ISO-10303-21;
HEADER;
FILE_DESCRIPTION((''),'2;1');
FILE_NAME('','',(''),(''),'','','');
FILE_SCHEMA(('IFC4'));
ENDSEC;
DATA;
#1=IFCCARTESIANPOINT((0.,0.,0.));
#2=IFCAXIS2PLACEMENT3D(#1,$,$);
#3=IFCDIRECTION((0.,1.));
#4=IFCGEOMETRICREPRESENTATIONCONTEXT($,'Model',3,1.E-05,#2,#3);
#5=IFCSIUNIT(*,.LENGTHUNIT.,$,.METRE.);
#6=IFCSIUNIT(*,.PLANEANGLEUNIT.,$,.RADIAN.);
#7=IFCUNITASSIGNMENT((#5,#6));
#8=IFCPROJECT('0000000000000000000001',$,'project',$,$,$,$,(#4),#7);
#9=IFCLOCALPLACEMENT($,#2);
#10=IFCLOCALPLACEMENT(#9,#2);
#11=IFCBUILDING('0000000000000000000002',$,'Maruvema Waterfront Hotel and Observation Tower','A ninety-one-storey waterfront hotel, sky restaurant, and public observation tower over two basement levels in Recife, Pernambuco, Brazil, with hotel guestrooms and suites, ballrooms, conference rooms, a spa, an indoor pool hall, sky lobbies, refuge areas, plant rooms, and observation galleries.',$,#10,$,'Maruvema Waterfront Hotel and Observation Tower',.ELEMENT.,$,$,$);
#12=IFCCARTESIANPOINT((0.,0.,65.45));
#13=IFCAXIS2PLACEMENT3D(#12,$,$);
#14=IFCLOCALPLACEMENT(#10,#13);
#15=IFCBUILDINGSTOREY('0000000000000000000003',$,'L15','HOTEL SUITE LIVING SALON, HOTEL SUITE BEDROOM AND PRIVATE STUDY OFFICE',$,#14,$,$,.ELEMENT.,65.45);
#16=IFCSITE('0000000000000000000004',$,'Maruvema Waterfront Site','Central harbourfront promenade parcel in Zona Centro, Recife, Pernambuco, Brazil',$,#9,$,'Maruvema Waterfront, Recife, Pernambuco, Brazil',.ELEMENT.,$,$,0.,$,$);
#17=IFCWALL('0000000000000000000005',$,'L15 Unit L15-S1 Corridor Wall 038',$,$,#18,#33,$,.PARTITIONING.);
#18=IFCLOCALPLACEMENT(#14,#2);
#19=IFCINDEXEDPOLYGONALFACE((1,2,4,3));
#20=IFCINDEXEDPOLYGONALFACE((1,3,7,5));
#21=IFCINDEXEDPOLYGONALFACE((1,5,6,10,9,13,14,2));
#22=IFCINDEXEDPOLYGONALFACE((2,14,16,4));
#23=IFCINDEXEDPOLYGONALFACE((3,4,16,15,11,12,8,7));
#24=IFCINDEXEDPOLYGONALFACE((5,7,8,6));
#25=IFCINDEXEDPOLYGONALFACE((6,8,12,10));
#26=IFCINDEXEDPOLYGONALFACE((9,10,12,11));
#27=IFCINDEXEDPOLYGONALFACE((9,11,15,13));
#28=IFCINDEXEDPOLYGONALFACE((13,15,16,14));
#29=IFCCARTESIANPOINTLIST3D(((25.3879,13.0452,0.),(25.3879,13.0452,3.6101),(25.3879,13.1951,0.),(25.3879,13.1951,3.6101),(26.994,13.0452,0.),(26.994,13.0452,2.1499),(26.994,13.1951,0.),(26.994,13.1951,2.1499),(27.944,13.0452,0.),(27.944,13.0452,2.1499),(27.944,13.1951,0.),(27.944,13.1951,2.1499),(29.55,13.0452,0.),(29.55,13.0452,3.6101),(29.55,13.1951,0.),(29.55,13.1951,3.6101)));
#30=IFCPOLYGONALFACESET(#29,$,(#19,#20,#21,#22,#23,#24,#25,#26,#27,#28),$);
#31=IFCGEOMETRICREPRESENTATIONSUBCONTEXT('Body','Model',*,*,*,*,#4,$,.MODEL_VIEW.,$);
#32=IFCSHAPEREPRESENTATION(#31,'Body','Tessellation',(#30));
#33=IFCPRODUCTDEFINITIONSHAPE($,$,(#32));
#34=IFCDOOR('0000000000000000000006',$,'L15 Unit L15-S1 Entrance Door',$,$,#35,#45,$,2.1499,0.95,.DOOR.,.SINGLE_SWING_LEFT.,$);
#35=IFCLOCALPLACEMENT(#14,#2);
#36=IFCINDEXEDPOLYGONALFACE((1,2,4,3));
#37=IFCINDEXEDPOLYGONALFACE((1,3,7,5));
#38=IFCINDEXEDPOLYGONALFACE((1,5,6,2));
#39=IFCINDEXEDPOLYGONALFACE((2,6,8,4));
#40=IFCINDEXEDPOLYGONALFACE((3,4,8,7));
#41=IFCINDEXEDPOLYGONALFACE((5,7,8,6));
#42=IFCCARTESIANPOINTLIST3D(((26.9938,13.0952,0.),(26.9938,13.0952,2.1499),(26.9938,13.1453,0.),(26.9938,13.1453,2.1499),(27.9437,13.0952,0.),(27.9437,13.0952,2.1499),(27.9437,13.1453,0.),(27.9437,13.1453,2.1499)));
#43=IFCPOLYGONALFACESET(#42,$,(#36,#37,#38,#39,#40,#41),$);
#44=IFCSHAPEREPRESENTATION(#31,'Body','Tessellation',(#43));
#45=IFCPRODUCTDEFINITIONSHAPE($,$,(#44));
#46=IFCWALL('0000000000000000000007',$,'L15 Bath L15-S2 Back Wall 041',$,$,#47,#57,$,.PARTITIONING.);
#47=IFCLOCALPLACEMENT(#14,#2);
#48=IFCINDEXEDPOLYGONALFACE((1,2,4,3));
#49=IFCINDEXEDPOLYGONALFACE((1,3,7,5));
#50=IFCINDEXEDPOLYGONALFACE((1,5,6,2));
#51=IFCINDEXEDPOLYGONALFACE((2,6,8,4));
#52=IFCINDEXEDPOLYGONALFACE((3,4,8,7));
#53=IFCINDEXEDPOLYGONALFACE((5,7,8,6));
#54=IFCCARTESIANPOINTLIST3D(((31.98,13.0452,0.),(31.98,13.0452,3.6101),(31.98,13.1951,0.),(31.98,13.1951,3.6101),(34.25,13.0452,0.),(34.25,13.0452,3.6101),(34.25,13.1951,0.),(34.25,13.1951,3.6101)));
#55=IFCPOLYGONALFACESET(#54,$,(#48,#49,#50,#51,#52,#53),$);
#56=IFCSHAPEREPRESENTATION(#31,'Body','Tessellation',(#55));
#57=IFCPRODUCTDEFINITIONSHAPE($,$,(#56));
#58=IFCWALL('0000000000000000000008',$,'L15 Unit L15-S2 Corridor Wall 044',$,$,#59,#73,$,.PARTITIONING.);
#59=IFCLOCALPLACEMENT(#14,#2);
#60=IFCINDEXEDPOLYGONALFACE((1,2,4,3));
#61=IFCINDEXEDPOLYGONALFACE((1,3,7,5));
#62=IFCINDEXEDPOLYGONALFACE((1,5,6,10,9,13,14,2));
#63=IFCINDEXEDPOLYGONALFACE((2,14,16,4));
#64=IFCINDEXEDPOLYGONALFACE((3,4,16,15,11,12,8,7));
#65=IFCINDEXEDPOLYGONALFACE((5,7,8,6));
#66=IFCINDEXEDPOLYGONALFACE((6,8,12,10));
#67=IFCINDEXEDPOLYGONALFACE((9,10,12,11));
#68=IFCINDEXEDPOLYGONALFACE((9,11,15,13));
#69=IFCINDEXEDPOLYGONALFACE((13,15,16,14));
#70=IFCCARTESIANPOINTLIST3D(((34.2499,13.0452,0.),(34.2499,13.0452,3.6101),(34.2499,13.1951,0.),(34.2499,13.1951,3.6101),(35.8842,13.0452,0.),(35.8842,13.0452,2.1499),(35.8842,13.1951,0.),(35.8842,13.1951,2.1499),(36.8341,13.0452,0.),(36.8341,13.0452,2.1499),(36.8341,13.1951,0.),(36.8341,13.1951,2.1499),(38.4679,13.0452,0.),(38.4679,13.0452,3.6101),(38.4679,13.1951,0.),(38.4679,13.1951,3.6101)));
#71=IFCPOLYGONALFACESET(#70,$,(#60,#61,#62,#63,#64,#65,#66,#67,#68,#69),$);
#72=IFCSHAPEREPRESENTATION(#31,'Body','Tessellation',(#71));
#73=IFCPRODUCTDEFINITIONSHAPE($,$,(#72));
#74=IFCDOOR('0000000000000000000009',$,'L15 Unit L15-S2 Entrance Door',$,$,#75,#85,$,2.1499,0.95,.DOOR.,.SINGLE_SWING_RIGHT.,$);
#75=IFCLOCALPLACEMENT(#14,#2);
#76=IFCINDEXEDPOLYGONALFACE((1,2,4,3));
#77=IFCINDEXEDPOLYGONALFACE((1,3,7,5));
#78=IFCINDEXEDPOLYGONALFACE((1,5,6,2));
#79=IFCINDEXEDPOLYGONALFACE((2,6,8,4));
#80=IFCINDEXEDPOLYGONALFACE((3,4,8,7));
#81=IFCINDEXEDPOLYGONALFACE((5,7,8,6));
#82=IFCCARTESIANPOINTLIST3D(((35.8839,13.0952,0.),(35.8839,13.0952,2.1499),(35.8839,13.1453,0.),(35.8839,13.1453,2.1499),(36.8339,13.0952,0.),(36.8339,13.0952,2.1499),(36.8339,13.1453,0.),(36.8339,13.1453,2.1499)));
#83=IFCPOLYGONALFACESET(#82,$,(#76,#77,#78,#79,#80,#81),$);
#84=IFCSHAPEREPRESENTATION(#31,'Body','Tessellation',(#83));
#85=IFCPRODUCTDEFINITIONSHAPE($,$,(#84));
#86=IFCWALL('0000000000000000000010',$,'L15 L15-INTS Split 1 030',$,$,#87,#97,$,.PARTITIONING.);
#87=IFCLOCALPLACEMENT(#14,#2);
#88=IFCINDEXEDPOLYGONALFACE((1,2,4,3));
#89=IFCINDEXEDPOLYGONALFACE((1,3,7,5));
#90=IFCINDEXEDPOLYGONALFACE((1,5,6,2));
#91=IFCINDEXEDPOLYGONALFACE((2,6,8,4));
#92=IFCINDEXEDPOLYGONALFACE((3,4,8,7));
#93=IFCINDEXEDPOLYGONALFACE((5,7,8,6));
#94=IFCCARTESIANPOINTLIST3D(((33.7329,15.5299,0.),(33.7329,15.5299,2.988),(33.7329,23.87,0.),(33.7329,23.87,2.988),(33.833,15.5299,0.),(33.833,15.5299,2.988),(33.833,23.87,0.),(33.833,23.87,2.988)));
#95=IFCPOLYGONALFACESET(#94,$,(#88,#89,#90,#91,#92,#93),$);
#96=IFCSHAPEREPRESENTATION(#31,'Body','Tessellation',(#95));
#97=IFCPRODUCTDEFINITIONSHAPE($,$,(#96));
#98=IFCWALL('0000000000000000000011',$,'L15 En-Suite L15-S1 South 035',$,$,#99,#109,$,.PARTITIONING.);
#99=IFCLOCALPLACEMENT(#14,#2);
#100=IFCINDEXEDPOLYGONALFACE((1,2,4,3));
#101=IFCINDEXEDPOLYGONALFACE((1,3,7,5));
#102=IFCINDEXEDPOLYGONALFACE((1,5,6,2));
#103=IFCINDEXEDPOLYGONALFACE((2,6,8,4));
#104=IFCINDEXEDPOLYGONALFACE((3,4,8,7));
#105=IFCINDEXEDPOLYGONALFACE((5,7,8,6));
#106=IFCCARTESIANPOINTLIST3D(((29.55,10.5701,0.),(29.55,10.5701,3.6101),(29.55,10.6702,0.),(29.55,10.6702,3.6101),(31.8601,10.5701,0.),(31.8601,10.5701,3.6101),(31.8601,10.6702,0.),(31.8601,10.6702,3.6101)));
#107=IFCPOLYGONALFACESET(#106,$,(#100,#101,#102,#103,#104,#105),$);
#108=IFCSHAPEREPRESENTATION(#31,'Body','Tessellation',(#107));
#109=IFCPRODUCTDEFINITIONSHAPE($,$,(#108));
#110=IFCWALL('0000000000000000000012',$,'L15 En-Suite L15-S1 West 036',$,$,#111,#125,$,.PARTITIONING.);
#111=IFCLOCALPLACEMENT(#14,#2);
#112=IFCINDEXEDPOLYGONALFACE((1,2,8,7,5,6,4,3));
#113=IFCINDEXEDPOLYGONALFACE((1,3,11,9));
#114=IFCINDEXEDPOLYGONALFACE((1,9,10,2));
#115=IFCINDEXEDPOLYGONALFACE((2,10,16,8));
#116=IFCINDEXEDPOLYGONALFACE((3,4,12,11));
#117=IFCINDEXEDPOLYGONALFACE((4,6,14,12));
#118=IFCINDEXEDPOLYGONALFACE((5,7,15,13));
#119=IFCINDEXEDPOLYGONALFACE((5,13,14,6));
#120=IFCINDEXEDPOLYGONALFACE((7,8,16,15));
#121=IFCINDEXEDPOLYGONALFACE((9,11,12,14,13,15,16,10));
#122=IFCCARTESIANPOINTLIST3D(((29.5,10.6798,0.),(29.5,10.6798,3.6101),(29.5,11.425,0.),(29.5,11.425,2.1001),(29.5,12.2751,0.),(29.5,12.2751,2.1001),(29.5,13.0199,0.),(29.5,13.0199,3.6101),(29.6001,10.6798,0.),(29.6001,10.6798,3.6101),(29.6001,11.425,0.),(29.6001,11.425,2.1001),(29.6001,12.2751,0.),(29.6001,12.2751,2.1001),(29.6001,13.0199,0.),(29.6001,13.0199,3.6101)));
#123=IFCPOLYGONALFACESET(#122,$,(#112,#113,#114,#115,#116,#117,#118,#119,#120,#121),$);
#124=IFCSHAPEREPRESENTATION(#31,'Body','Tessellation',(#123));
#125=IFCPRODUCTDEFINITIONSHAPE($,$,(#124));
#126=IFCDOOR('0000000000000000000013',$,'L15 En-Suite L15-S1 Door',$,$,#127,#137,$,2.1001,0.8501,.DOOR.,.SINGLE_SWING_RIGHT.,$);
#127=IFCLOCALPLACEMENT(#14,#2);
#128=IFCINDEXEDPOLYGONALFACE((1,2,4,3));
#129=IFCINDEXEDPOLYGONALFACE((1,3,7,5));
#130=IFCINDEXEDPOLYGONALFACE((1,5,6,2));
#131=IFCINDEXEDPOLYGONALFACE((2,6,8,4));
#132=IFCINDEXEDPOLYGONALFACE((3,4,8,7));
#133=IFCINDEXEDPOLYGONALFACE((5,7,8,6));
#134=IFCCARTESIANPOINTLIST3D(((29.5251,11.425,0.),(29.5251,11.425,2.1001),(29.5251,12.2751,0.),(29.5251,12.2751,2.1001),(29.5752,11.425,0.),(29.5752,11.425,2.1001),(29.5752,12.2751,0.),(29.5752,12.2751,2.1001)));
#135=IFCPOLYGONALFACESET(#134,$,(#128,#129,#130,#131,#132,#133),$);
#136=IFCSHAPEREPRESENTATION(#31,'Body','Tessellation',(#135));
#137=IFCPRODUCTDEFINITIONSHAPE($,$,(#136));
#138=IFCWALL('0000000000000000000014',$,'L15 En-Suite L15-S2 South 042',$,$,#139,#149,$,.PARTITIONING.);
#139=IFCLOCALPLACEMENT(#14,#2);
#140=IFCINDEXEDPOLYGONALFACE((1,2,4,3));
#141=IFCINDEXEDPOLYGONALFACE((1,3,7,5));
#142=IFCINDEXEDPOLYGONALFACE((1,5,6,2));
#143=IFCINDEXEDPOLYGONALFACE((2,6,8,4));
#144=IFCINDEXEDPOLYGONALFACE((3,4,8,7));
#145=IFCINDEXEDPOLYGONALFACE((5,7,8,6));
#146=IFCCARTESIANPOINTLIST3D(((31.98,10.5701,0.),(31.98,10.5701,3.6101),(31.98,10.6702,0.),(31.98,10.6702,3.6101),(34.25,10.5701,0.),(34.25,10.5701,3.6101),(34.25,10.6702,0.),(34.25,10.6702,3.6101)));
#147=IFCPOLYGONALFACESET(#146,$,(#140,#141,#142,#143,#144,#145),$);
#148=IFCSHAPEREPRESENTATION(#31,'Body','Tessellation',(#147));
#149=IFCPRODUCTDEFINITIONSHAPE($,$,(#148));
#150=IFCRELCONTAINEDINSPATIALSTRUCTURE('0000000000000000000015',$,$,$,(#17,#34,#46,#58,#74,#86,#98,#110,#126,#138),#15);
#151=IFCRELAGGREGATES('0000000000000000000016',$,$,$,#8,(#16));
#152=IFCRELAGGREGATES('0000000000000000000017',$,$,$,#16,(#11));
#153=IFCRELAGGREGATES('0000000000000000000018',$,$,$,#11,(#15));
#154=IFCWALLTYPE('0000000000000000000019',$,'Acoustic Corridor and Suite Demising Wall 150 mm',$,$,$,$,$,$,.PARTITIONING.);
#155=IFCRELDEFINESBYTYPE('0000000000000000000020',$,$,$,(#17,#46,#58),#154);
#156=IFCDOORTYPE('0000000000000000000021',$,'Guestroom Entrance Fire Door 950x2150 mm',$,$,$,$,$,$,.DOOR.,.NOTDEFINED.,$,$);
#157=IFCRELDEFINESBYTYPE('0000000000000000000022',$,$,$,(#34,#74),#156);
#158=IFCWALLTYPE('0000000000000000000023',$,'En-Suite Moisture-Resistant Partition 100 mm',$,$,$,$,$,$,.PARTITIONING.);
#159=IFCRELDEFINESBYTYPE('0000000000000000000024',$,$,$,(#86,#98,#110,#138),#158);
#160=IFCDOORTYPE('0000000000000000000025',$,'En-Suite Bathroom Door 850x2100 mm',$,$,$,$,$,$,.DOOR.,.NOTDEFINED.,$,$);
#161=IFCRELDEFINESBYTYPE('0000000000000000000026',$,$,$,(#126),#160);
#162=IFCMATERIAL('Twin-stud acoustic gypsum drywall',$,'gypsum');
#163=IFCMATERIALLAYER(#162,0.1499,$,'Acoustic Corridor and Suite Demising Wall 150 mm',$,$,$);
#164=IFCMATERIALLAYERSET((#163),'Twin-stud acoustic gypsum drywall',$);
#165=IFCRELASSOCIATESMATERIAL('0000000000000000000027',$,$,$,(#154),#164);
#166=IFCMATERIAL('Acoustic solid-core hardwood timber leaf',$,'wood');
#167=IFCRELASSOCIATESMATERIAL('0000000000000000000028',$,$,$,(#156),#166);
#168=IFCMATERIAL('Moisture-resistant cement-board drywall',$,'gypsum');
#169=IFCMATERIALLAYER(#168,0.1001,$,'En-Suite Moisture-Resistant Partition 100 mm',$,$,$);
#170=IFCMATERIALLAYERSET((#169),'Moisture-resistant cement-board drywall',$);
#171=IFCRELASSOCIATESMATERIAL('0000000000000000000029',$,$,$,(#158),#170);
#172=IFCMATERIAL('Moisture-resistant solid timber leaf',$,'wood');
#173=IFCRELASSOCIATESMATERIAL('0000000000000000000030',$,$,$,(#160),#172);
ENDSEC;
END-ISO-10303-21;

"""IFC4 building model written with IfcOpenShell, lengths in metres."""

from ifc_helpers import new_model, si_unit, direction, frame, frame_2d, origin, place, context, subcontext, project, spatial, rectangle, extrude, material, layer, layer_set, type_object, element, fill, save


model = new_model("IFC4")

# Units and contexts
model_context = context("Model", 3, precision=1e-05, world=origin(), true_north=direction((0.0, 1.0)))
body_context = subcontext(model_context, "Body", "Model", "MODEL_VIEW")
ifc_project = project(units=[si_unit("LENGTHUNIT", "METRE"), si_unit("PLANEANGLEUNIT", "RADIAN")], contexts=[model_context])

# Site, building, storey
site_placement = place(None, origin())
site = spatial("IfcSite", under=ifc_project, at=site_placement, Name="Maruvema Waterfront Site", Description="Central harbourfront promenade parcel in Zona Centro, Recife, Pernambuco, Brazil", LongName="Maruvema Waterfront, Recife, Pernambuco, Brazil", CompositionType="ELEMENT", RefElevation=0.0)
building_placement = place(site_placement, origin())
building = spatial("IfcBuilding", under=site, at=building_placement, Name="Maruvema Waterfront Hotel and Observation Tower", Description="A ninety-one-storey waterfront hotel, sky restaurant, and public observation tower over two basement levels in Recife, Pernambuco, Brazil, with hotel guestrooms and suites, ballrooms, conference rooms, a spa, an indoor pool hall, sky lobbies, refuge areas, plant rooms, and observation galleries.", LongName="Maruvema Waterfront Hotel and Observation Tower", CompositionType="ELEMENT")
storey_placement = place(building_placement, frame((0.0, 0.0, 65.45)))
storey = spatial("IfcBuildingStorey", under=building, at=storey_placement, Name="L15", Description="HOTEL SUITE LIVING SALON, HOTEL SUITE BEDROOM AND PRIVATE STUDY OFFICE", CompositionType="ELEMENT", Elevation=65.45)

# Shared definitions
ifc_material_1 = material(Name="Twin-stud acoustic gypsum drywall", Category="gypsum")
ifc_layer_1 = layer(ifc_material_1, 0.1499, Name="Acoustic Corridor and Suite Demising Wall 150 mm")
ifc_layer_set_1 = layer_set([ifc_layer_1], Name="Twin-stud acoustic gypsum drywall")
wall_type_1 = type_object("IfcWallType", Name="Acoustic Corridor and Suite Demising Wall 150 mm", PredefinedType="PARTITIONING", material=ifc_layer_set_1)

# Wall, opening, door
wall_1_placement = place(storey_placement, frame((25.3879, 13.1201, 0.0), z_axis=(0.0, 0.0, 1.0), x_axis=(1.0, 0.0, 0.0)))
wall_1 = element("IfcWall", 1, at=wall_1_placement, inside=storey, type_object=wall_type_1, Name="L15 Unit L15-S1 Corridor Wall 038", PredefinedType="PARTITIONING", context=body_context, shape_type="SweptSolid", body=[
    extrude(rectangle(XDim=4.1621, YDim=0.1499, at=frame_2d((2.0811, 0.0))), origin(), (0.0, 0.0, 1.0), 3.6101),
])
opening_1_placement = place(wall_1_placement, frame((1.606, 0.0, 0.0)))
opening_1 = element("IfcOpeningElement", 2, at=opening_1_placement, cuts=wall_1, PredefinedType="OPENING", context=body_context, shape_type="SweptSolid", body=[
    extrude(rectangle(XDim=0.95, YDim=2.1499, at=frame_2d((0.4751, 1.075))), frame((0.0, 0.085, 0.0), z_axis=(0.0, -1.0, 0.0), x_axis=(1.0, 0.0, 0.0)), (0.0, 0.0, 1.0), 0.1699),
])
ifc_material_2 = material(Name="Acoustic solid-core hardwood timber leaf", Category="wood")
door_type_1 = type_object("IfcDoorType", Name="Guestroom Entrance Fire Door 950x2150 mm", OperationType="NOTDEFINED", PredefinedType="DOOR", material=ifc_material_2)
door_1_placement = place(opening_1_placement, frame((0.95, 0.0, 0.0), z_axis=(0.0, 0.0, 1.0), x_axis=(-1.0, 0.0, 0.0)))
door_1 = element("IfcDoor", 3, at=door_1_placement, inside=storey, type_object=door_type_1, Name="L15 Unit L15-S1 Entrance Door", OperationType="SINGLE_SWING_LEFT", OverallHeight=2.1499, OverallWidth=0.95, PredefinedType="DOOR", context=body_context, shape_type="SweptSolid", body=[
    extrude(rectangle(XDim=0.95, YDim=2.1499, at=frame_2d((0.4751, 1.075))), frame((0.0, 0.0249, 0.0), z_axis=(0.0, -1.0, 0.0), x_axis=(1.0, 0.0, 0.0)), (0.0, 0.0, 1.0), 0.05),
])
fill(opening_1, door_1)

# Wall
wall_2_placement = place(storey_placement, frame((31.98, 13.1201, 0.0), z_axis=(0.0, 0.0, 1.0), x_axis=(1.0, 0.0, 0.0)))
element("IfcWall", 4, at=wall_2_placement, inside=storey, type_object=wall_type_1, Name="L15 Bath L15-S2 Back Wall 041", PredefinedType="PARTITIONING", context=body_context, shape_type="SweptSolid", body=[
    extrude(rectangle(XDim=2.27, YDim=0.1499, at=frame_2d((1.135, 0.0))), origin(), (0.0, 0.0, 1.0), 3.6101),
])

# Wall, opening, door
wall_3_placement = place(storey_placement, frame((34.25, 13.1201, 0.0), z_axis=(0.0, 0.0, 1.0), x_axis=(1.0, 0.0, 0.0)))
wall_3 = element("IfcWall", 5, at=wall_3_placement, inside=storey, type_object=wall_type_1, Name="L15 Unit L15-S2 Corridor Wall 044", PredefinedType="PARTITIONING", context=body_context, shape_type="SweptSolid", body=[
    extrude(rectangle(XDim=4.218, YDim=0.1499, at=frame_2d((2.1089, 0.0))), origin(), (0.0, 0.0, 1.0), 3.6101),
])
opening_2_placement = place(wall_3_placement, frame((1.634, 0.0, 0.0)))
opening_2 = element("IfcOpeningElement", 6, at=opening_2_placement, cuts=wall_3, PredefinedType="OPENING", context=body_context, shape_type="SweptSolid", body=[
    extrude(rectangle(XDim=0.95, YDim=2.1499, at=frame_2d((0.4751, 1.075))), frame((0.0, 0.085, 0.0), z_axis=(0.0, -1.0, 0.0), x_axis=(1.0, 0.0, 0.0)), (0.0, 0.0, 1.0), 0.1699),
])
door_2_placement = place(opening_2_placement, frame((0.95, 0.0, 0.0), z_axis=(0.0, 0.0, 1.0), x_axis=(-1.0, 0.0, 0.0)))
door_2 = element("IfcDoor", 7, at=door_2_placement, inside=storey, type_object=door_type_1, Name="L15 Unit L15-S2 Entrance Door", OperationType="SINGLE_SWING_RIGHT", OverallHeight=2.1499, OverallWidth=0.95, PredefinedType="DOOR", context=body_context, shape_type="SweptSolid", body=[
    extrude(rectangle(XDim=0.95, YDim=2.1499, at=frame_2d((0.4751, 1.075))), frame((0.0, 0.0249, 0.0), z_axis=(0.0, -1.0, 0.0), x_axis=(1.0, 0.0, 0.0)), (0.0, 0.0, 1.0), 0.05),
])
fill(opening_2, door_2)

# Walls
ifc_material_3 = material(Name="Moisture-resistant cement-board drywall", Category="gypsum")
ifc_layer_2 = layer(ifc_material_3, 0.1001, Name="En-Suite Moisture-Resistant Partition 100 mm")
ifc_layer_set_2 = layer_set([ifc_layer_2], Name="Moisture-resistant cement-board drywall")
wall_type_2 = type_object("IfcWallType", Name="En-Suite Moisture-Resistant Partition 100 mm", PredefinedType="PARTITIONING", material=ifc_layer_set_2)
wall_4_placement = place(storey_placement, frame((33.783, 15.53, 0.0), z_axis=(0.0, 0.0, 1.0), x_axis=(0.0, 1.0, 0.0)))
element("IfcWall", 8, at=wall_4_placement, inside=storey, type_object=wall_type_2, Name="L15 L15-INTS Split 1 030", PredefinedType="PARTITIONING", context=body_context, shape_type="SweptSolid", body=[
    extrude(rectangle(XDim=8.3401, YDim=0.1001, at=frame_2d((4.1699, 0.0))), origin(), (0.0, 0.0, 1.0), 2.988),
])
wall_5_placement = place(storey_placement, frame((29.55, 10.6201, 0.0), z_axis=(0.0, 0.0, 1.0), x_axis=(1.0, 0.0, 0.0)))
element("IfcWall", 9, at=wall_5_placement, inside=storey, type_object=wall_type_2, Name="L15 En-Suite L15-S1 South 035", PredefinedType="PARTITIONING", context=body_context, shape_type="SweptSolid", body=[
    extrude(rectangle(XDim=2.3101, YDim=0.1001, at=frame_2d((1.155, 0.0))), origin(), (0.0, 0.0, 1.0), 3.6101),
])

# Wall, opening, door
wall_6_placement = place(storey_placement, frame((29.55, 10.6799, 0.0), z_axis=(0.0, 0.0, 1.0), x_axis=(0.0, 1.0, 0.0)))
wall_6 = element("IfcWall", 10, at=wall_6_placement, inside=storey, type_object=wall_type_2, Name="L15 En-Suite L15-S1 West 036", PredefinedType="PARTITIONING", context=body_context, shape_type="SweptSolid", body=[
    extrude(rectangle(XDim=2.3401, YDim=0.1001, at=frame_2d((1.1699, 0.0))), origin(), (0.0, 0.0, 1.0), 3.6101),
])
opening_3_placement = place(wall_6_placement, frame((0.7451, 0.0, 0.0)))
opening_3 = element("IfcOpeningElement", 11, at=opening_3_placement, cuts=wall_6, PredefinedType="OPENING", context=body_context, shape_type="SweptSolid", body=[
    extrude(rectangle(XDim=0.8501, YDim=2.1001, at=frame_2d((0.425, 1.05))), frame((0.0, 0.0601, 0.0), z_axis=(0.0, -1.0, 0.0), x_axis=(1.0, 0.0, 0.0)), (0.0, 0.0, 1.0), 0.1201),
])
ifc_material_4 = material(Name="Moisture-resistant solid timber leaf", Category="wood")
door_type_2 = type_object("IfcDoorType", Name="En-Suite Bathroom Door 850x2100 mm", OperationType="NOTDEFINED", PredefinedType="DOOR", material=ifc_material_4)
door_3_placement = place(opening_3_placement, origin())
door_3 = element("IfcDoor", 12, at=door_3_placement, inside=storey, type_object=door_type_2, Name="L15 En-Suite L15-S1 Door", OperationType="SINGLE_SWING_RIGHT", OverallHeight=2.1001, OverallWidth=0.8501, PredefinedType="DOOR", context=body_context, shape_type="SweptSolid", body=[
    extrude(rectangle(XDim=0.8501, YDim=2.1001, at=frame_2d((0.425, 1.05))), frame((0.0, 0.0249, 0.0), z_axis=(0.0, -1.0, 0.0), x_axis=(1.0, 0.0, 0.0)), (0.0, 0.0, 1.0), 0.05),
])
fill(opening_3, door_3)

# Wall
wall_7_placement = place(storey_placement, frame((31.98, 10.6201, 0.0), z_axis=(0.0, 0.0, 1.0), x_axis=(1.0, 0.0, 0.0)))
element("IfcWall", 13, at=wall_7_placement, inside=storey, type_object=wall_type_2, Name="L15 En-Suite L15-S2 South 042", PredefinedType="PARTITIONING", context=body_context, shape_type="SweptSolid", body=[
    extrude(rectangle(XDim=2.27, YDim=0.1001, at=frame_2d((1.135, 0.0))), origin(), (0.0, 0.0, 1.0), 3.6101),
])

save(model, "model.ifc")
